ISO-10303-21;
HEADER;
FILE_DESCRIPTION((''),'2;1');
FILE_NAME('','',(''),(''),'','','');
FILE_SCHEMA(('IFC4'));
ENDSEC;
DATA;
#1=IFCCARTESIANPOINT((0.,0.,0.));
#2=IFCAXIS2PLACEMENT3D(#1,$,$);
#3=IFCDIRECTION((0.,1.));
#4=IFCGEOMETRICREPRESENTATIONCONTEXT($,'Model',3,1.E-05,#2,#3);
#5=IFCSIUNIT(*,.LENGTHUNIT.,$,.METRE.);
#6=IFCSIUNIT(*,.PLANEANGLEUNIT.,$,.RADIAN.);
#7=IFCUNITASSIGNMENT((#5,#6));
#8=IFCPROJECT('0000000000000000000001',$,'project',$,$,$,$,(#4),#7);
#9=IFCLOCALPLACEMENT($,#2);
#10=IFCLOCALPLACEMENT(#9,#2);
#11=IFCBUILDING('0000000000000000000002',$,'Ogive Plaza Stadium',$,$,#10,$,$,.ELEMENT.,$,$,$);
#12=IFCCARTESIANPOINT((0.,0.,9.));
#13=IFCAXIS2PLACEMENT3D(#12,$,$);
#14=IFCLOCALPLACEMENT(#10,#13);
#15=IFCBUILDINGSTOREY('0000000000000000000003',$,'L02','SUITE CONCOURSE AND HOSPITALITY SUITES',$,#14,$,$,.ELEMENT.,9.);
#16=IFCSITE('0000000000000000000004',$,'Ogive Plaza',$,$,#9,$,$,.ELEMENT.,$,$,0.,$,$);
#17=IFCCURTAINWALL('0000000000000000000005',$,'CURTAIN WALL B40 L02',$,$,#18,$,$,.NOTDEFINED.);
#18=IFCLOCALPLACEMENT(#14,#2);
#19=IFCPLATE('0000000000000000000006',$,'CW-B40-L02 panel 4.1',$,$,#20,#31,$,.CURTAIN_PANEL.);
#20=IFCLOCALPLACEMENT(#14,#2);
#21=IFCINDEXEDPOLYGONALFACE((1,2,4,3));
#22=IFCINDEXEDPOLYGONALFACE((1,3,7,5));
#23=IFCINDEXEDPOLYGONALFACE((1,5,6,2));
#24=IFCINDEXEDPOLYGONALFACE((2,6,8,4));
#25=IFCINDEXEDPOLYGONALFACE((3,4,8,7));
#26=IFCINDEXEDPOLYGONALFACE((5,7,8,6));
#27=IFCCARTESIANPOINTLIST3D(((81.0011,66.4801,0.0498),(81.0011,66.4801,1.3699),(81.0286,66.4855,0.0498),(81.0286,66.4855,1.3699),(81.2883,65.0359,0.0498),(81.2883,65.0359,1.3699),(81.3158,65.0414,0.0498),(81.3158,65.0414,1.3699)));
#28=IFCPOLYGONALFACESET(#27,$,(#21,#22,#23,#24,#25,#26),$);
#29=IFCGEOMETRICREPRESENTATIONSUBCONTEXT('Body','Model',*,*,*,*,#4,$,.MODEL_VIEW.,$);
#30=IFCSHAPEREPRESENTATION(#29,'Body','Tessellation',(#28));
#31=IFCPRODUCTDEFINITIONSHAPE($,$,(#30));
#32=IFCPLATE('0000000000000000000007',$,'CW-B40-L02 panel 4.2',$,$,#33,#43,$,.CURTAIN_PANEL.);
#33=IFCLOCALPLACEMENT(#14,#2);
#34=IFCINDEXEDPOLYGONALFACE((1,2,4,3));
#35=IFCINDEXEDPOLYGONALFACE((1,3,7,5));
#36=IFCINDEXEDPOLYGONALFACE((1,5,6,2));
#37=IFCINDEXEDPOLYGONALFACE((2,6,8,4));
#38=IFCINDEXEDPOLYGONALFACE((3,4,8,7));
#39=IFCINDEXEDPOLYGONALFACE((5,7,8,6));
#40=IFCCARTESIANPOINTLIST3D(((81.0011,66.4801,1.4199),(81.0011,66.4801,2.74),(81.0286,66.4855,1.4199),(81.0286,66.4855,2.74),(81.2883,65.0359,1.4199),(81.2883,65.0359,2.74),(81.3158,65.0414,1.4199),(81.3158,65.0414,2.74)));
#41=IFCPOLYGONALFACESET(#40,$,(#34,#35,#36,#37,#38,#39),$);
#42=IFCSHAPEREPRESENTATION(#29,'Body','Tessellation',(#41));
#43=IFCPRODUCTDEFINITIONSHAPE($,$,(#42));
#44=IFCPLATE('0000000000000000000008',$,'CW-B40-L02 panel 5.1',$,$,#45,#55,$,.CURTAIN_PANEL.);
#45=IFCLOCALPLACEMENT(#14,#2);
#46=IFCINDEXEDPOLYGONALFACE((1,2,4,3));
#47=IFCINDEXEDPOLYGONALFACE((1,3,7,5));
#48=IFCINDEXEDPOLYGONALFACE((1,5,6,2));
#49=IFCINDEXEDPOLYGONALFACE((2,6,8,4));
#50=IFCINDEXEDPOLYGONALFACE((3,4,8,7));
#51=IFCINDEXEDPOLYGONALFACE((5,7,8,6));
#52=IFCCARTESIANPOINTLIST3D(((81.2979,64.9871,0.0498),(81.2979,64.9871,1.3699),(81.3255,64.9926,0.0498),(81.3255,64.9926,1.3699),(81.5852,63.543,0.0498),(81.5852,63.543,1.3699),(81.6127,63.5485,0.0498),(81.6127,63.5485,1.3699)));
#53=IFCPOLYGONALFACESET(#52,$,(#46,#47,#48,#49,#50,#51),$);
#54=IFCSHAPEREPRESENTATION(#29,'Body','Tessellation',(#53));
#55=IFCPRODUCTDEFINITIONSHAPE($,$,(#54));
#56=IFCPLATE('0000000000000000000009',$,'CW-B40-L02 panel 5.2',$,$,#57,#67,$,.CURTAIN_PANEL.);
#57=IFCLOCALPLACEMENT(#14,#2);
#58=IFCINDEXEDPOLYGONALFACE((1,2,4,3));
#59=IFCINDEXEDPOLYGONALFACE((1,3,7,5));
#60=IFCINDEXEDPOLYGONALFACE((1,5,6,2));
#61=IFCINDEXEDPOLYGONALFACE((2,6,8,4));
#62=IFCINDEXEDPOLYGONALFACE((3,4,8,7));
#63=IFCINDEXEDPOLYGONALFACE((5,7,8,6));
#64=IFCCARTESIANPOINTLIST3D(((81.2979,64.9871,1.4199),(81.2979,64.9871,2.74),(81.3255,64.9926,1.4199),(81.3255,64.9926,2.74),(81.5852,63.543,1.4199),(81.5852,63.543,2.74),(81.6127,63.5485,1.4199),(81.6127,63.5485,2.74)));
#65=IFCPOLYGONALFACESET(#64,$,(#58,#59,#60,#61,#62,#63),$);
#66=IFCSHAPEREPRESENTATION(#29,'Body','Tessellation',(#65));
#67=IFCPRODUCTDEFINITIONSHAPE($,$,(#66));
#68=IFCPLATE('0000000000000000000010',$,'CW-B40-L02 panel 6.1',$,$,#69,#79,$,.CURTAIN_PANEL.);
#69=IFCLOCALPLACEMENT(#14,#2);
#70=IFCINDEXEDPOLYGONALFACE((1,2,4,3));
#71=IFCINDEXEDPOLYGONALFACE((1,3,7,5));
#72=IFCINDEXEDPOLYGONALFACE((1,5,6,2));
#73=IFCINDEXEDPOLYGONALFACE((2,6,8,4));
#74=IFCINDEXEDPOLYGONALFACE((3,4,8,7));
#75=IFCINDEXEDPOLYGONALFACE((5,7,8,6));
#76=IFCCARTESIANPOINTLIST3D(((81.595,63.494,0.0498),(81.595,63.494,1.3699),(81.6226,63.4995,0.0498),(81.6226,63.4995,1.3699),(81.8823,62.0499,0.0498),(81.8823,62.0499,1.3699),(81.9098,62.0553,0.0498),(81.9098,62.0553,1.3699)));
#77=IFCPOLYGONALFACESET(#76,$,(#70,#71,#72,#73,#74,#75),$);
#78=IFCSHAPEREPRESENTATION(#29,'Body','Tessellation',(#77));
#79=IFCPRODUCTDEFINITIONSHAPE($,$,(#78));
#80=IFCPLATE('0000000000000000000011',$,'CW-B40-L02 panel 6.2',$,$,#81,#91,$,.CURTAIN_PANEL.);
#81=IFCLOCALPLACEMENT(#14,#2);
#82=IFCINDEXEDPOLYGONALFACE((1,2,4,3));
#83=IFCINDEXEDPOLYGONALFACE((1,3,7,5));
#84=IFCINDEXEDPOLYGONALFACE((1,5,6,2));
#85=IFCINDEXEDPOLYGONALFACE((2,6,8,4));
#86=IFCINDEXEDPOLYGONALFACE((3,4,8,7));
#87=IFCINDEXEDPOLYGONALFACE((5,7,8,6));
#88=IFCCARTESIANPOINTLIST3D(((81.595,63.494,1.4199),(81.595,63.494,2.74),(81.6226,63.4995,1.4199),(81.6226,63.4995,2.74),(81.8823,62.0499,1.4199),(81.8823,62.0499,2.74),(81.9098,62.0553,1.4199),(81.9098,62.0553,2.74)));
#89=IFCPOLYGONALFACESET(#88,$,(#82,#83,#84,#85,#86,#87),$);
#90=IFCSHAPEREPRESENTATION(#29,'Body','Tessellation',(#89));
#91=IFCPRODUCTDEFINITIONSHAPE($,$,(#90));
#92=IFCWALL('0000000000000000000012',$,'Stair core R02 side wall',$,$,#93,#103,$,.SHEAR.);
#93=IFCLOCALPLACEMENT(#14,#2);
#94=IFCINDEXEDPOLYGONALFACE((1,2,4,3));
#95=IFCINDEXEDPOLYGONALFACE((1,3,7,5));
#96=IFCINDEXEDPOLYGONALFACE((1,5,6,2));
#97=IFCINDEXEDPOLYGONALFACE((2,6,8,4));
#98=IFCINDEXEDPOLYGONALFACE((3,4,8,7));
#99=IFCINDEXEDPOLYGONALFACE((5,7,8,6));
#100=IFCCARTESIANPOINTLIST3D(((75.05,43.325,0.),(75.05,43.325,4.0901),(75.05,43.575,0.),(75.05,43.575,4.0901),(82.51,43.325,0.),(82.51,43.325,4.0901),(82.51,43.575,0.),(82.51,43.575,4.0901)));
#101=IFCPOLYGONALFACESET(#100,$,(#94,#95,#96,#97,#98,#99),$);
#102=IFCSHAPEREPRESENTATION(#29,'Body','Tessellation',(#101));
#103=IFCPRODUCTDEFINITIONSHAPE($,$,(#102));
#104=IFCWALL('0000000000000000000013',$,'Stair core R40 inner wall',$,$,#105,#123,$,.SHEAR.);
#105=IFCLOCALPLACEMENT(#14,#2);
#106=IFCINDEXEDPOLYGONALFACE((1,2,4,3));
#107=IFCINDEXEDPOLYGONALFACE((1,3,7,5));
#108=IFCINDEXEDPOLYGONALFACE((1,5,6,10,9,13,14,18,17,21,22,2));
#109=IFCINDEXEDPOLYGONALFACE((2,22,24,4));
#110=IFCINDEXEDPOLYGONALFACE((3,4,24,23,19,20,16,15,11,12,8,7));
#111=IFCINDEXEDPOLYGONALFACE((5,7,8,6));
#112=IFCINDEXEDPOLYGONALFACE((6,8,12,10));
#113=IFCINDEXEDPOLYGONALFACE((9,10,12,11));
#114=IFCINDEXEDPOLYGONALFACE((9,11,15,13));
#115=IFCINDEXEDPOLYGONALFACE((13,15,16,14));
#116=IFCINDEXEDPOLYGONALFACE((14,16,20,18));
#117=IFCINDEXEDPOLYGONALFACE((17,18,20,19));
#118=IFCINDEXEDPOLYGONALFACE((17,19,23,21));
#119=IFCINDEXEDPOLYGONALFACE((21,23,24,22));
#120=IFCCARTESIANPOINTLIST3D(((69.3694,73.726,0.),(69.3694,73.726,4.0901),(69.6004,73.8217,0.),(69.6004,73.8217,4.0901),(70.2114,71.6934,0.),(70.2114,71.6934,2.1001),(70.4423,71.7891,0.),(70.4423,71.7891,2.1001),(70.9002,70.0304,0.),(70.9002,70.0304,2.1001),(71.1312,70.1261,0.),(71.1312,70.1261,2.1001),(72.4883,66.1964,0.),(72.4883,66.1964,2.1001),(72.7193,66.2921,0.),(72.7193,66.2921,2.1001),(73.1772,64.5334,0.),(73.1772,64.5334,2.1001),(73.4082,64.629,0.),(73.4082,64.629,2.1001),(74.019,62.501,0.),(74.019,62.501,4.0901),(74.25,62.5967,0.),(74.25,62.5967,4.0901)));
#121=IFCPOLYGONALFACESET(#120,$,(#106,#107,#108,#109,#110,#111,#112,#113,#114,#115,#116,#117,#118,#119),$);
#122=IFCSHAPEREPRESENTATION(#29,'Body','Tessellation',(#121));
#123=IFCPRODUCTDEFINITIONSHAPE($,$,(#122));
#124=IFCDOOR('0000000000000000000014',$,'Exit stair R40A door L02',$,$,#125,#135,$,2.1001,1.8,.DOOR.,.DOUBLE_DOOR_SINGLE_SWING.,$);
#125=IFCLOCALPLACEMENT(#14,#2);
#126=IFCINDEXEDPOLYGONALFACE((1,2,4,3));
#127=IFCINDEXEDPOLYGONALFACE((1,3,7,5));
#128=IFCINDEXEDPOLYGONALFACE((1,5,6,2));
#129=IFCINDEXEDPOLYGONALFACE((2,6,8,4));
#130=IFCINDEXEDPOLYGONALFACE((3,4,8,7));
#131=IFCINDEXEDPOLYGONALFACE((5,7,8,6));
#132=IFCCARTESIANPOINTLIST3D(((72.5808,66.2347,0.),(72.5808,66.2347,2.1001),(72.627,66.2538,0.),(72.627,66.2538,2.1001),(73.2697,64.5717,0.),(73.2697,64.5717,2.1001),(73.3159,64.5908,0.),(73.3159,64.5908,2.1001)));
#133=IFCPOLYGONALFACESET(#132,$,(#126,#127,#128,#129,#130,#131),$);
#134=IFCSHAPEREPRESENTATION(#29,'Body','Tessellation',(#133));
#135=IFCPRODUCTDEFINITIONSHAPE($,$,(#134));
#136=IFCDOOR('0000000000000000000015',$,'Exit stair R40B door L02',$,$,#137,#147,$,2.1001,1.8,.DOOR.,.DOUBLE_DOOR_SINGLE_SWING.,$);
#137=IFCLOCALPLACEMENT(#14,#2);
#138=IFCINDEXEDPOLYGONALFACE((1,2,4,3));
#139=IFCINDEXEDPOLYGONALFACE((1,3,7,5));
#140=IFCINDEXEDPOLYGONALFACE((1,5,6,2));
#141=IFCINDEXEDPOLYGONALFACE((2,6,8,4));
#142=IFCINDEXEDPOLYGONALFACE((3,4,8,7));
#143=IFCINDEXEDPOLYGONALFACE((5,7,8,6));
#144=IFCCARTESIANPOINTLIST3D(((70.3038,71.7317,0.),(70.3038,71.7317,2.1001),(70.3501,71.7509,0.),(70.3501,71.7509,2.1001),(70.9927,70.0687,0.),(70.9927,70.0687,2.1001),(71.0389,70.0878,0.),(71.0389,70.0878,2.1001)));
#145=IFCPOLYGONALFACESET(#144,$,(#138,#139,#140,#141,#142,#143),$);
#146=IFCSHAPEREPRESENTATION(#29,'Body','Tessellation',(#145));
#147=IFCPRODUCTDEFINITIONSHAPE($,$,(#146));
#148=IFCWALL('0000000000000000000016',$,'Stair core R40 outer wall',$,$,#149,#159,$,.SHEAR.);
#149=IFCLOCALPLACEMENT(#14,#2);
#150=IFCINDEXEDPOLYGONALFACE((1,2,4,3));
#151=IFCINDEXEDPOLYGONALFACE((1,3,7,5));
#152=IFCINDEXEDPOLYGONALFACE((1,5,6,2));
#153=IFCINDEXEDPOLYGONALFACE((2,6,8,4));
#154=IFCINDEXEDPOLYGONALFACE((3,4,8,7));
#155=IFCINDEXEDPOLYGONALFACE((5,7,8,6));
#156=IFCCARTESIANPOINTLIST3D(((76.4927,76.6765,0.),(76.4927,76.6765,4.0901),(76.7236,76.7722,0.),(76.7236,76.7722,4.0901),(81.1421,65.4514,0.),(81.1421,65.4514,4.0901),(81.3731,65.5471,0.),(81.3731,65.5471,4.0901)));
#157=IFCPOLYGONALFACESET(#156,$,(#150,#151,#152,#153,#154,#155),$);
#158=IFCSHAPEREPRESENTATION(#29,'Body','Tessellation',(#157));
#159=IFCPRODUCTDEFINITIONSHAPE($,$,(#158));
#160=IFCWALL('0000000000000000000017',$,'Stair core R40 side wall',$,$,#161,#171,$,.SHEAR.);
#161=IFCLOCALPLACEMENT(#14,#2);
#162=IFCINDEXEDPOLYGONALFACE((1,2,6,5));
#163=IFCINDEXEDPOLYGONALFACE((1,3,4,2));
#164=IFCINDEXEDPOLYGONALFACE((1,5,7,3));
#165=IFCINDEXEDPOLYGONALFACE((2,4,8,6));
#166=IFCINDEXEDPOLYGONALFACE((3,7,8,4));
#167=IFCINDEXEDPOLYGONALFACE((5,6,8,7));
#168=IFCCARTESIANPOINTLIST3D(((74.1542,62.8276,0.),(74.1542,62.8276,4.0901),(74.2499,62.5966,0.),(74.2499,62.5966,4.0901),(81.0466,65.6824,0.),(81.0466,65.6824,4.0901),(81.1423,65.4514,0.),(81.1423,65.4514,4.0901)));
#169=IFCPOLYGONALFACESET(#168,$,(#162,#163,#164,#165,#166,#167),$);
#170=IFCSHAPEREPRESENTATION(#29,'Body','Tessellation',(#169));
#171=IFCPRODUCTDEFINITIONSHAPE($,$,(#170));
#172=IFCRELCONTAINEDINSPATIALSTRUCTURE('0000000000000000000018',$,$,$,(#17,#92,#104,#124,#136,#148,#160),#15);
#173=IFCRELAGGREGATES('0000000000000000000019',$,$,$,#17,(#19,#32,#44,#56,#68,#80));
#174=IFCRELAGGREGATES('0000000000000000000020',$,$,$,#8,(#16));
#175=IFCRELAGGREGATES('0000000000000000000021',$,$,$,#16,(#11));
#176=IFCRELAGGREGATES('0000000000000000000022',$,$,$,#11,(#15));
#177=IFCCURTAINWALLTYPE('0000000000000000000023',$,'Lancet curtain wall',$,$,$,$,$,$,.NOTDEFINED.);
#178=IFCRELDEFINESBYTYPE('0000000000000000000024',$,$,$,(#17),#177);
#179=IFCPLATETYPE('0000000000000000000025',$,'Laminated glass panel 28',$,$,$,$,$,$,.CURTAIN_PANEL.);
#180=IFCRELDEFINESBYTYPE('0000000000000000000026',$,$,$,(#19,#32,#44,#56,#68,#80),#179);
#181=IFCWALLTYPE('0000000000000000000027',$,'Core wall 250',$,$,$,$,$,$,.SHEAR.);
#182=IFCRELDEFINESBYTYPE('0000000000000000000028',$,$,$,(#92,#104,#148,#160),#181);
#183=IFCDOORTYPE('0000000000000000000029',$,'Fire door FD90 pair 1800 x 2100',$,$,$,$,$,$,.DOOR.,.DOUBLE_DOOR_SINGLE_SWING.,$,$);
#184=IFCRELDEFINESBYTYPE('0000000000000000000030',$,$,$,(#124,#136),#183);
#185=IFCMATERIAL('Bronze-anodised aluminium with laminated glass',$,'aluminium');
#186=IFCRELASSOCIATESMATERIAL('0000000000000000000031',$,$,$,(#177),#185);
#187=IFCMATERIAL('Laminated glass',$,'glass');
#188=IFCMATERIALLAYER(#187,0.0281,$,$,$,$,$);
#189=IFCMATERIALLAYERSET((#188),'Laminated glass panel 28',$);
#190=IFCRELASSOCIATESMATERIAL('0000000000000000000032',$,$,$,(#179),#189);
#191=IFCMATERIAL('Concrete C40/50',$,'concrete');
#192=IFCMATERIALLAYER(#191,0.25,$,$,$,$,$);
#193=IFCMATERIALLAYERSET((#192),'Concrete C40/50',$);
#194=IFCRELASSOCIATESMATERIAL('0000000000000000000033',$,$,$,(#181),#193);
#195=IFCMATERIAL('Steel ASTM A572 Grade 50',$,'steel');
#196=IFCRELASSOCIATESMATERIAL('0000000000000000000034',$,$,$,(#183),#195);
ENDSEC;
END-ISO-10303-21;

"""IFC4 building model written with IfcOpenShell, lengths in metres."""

from ifc_helpers import new_model, si_unit, direction, frame, frame_2d, origin, origin_2d, place, context, subcontext, project, spatial, rectangle, extrude, material, layer, layer_set, type_object, element, fill, aggregate, save


model = new_model("IFC4")

# Units and contexts
model_context = context("Model", 3, precision=1e-05, world=origin(), true_north=direction((0.0, 1.0)))
body_context = subcontext(model_context, "Body", "Model", "MODEL_VIEW")
ifc_project = project(units=[si_unit("LENGTHUNIT", "METRE"), si_unit("PLANEANGLEUNIT", "RADIAN")], contexts=[model_context])

# Site, building, storey
site_placement = place(None, origin())
site = spatial("IfcSite", under=ifc_project, at=site_placement, Name="Ogive Plaza", CompositionType="ELEMENT", RefElevation=0.0)
building_placement = place(site_placement, origin())
building = spatial("IfcBuilding", under=site, at=building_placement, Name="Ogive Plaza Stadium", CompositionType="ELEMENT")
storey_placement = place(building_placement, frame((0.0, 0.0, 9.0)))
storey = spatial("IfcBuildingStorey", under=building, at=storey_placement, Name="L02", Description="SUITE CONCOURSE AND HOSPITALITY SUITES", CompositionType="ELEMENT", Elevation=9.0)

# Curtain wall
ifc_material_1 = material(Name="Bronze-anodised aluminium with laminated glass", Category="aluminium")
curtain_wall_type = type_object("IfcCurtainWallType", Name="Lancet curtain wall", PredefinedType="NOTDEFINED", material=ifc_material_1)
curtain_wall_placement = place(storey_placement, origin())
curtain_wall = element("IfcCurtainWall", 1, at=curtain_wall_placement, inside=storey, type_object=curtain_wall_type, Name="CURTAIN WALL B40 L02", PredefinedType="NOTDEFINED")

# Plates
ifc_material_2 = material(Name="Laminated glass", Category="glass")
ifc_layer_1 = layer(ifc_material_2, 0.0281)
ifc_layer_set_1 = layer_set([ifc_layer_1], Name="Laminated glass panel 28")
plate_type = type_object("IfcPlateType", Name="Laminated glass panel 28", PredefinedType="CURTAIN_PANEL", material=ifc_layer_set_1)
plate_1_placement = place(storey_placement, frame((81.1584, 65.7607, 0.0498), z_axis=(0.0, 0.0, 1.0), x_axis=(0.19509, -0.980785, 0.0)))
plate_1 = element("IfcPlate", 2, at=plate_1_placement, type_object=plate_type, Name="CW-B40-L02 panel 4.1", PredefinedType="CURTAIN_PANEL", context=body_context, shape_type="SweptSolid", body=[
    extrude(rectangle(XDim=1.4724, YDim=0.0281, at=origin_2d()), origin(), (0.0, 0.0, 1.0), 1.3201),
])
plate_2_placement = place(storey_placement, frame((81.1584, 65.7607, 1.4199), z_axis=(0.0, 0.0, 1.0), x_axis=(0.19509, -0.980785, 0.0)))
plate_2 = element("IfcPlate", 3, at=plate_2_placement, type_object=plate_type, Name="CW-B40-L02 panel 4.2", PredefinedType="CURTAIN_PANEL", context=body_context, shape_type="SweptSolid", body=[
    extrude(rectangle(XDim=1.4724, YDim=0.0281, at=origin_2d()), origin(), (0.0, 0.0, 1.0), 1.3201),
])
plate_3_placement = place(storey_placement, frame((81.4553, 64.2678, 0.0498), z_axis=(0.0, 0.0, 1.0), x_axis=(0.19509, -0.980785, 0.0)))
plate_3 = element("IfcPlate", 4, at=plate_3_placement, type_object=plate_type, Name="CW-B40-L02 panel 5.1", PredefinedType="CURTAIN_PANEL", context=body_context, shape_type="SweptSolid", body=[
    extrude(rectangle(XDim=1.4724, YDim=0.0281, at=origin_2d()), origin(), (0.0, 0.0, 1.0), 1.3201),
])
plate_4_placement = place(storey_placement, frame((81.4553, 64.2678, 1.4199), z_axis=(0.0, 0.0, 1.0), x_axis=(0.19509, -0.980785, 0.0)))
plate_4 = element("IfcPlate", 5, at=plate_4_placement, type_object=plate_type, Name="CW-B40-L02 panel 5.2", PredefinedType="CURTAIN_PANEL", context=body_context, shape_type="SweptSolid", body=[
    extrude(rectangle(XDim=1.4724, YDim=0.0281, at=origin_2d()), origin(), (0.0, 0.0, 1.0), 1.3201),
])
plate_5_placement = place(storey_placement, frame((81.7524, 62.7747, 0.0498), z_axis=(0.0, 0.0, 1.0), x_axis=(0.19509, -0.980785, 0.0)))
plate_5 = element("IfcPlate", 6, at=plate_5_placement, type_object=plate_type, Name="CW-B40-L02 panel 6.1", PredefinedType="CURTAIN_PANEL", context=body_context, shape_type="SweptSolid", body=[
    extrude(rectangle(XDim=1.4724, YDim=0.0281, at=origin_2d()), origin(), (0.0, 0.0, 1.0), 1.3201),
])
plate_6_placement = place(storey_placement, frame((81.7524, 62.7747, 1.4199), z_axis=(0.0, 0.0, 1.0), x_axis=(0.19509, -0.980785, 0.0)))
plate_6 = element("IfcPlate", 7, at=plate_6_placement, type_object=plate_type, Name="CW-B40-L02 panel 6.2", PredefinedType="CURTAIN_PANEL", context=body_context, shape_type="SweptSolid", body=[
    extrude(rectangle(XDim=1.4724, YDim=0.0281, at=origin_2d()), origin(), (0.0, 0.0, 1.0), 1.3201),
])
aggregate(curtain_wall, [plate_1, plate_2, plate_3, plate_4, plate_5, plate_6])

# Wall
ifc_material_3 = material(Name="Concrete C40/50", Category="concrete")
ifc_layer_2 = layer(ifc_material_3, 0.25)
ifc_layer_set_2 = layer_set([ifc_layer_2], Name="Concrete C40/50")
wall_type_1 = type_object("IfcWallType", Name="Core wall 250", PredefinedType="SHEAR", material=ifc_layer_set_2)
wall_1_placement = place(storey_placement, frame((75.05, 43.45, 0.0), z_axis=(0.0, 0.0, 1.0), x_axis=(1.0, 0.0, 0.0)))
element("IfcWall", 8, at=wall_1_placement, inside=storey, type_object=wall_type_1, Name="Stair core R02 side wall", PredefinedType="SHEAR", context=body_context, shape_type="SweptSolid", body=[
    extrude(rectangle(XDim=7.46, YDim=0.25, at=frame_2d((3.73, 0.0))), origin(), (0.0, 0.0, 1.0), 4.0901),
])

# Wall, openings, doors
wall_2_placement = place(storey_placement, frame((74.1345, 62.5488, 0.0), z_axis=(0.0, 0.0, 1.0), x_axis=(-0.382688, 0.923877, 0.0)))
wall_2 = element("IfcWall", 9, at=wall_2_placement, inside=storey, type_object=wall_type_1, Name="Stair core R40 inner wall", PredefinedType="SHEAR", context=body_context, shape_type="SweptSolid", body=[
    extrude(rectangle(XDim=12.1499, YDim=0.25, at=frame_2d((6.075, 0.0))), origin(), (0.0, 0.0, 1.0), 4.0901),
])
opening_1_placement = place(wall_2_placement, frame((2.2, 0.0, 0.0)))
opening_1 = element("IfcOpeningElement", 10, at=opening_1_placement, cuts=wall_2, PredefinedType="OPENING", context=body_context, shape_type="SweptSolid", body=[
    extrude(rectangle(XDim=1.8, YDim=2.1001, at=frame_2d((0.8999, 1.05))), frame((0.0, 0.125, 0.0), z_axis=(0.0, -1.0, 0.0), x_axis=(1.0, 0.0, 0.0)), (0.0, 0.0, 1.0), 0.25),
])
opening_2_placement = place(wall_2_placement, frame((8.1499, 0.0, 0.0)))
opening_2 = element("IfcOpeningElement", 11, at=opening_2_placement, cuts=wall_2, PredefinedType="OPENING", context=body_context, shape_type="SweptSolid", body=[
    extrude(rectangle(XDim=1.8, YDim=2.1001, at=frame_2d((0.8999, 1.05))), frame((0.0, 0.125, 0.0), z_axis=(0.0, -1.0, 0.0), x_axis=(1.0, 0.0, 0.0)), (0.0, 0.0, 1.0), 0.25),
])
ifc_material_4 = material(Name="Steel ASTM A572 Grade 50", Category="steel")
door_type_1 = type_object("IfcDoorType", Name="Fire door FD90 pair 1800 x 2100", OperationType="DOUBLE_DOOR_SINGLE_SWING", PredefinedType="DOOR", material=ifc_material_4)
door_1_placement = place(opening_1_placement, origin())
door_1 = element("IfcDoor", 12, at=door_1_placement, inside=storey, type_object=door_type_1, Name="Exit stair R40A door L02", OperationType="DOUBLE_DOOR_SINGLE_SWING", OverallHeight=2.1001, OverallWidth=1.8, PredefinedType="DOOR", context=body_context, shape_type="SweptSolid", body=[
    extrude(rectangle(XDim=1.8, YDim=2.1001, at=frame_2d((0.8999, 1.05))), frame((0.0, 0.0249, 0.0), z_axis=(0.0, -1.0, 0.0), x_axis=(1.0, 0.0, 0.0)), (0.0, 0.0, 1.0), 0.05),
])
fill(opening_1, door_1)
door_2_placement = place(opening_2_placement, origin())
door_2 = element("IfcDoor", 13, at=door_2_placement, inside=storey, type_object=door_type_1, Name="Exit stair R40B door L02", OperationType="DOUBLE_DOOR_SINGLE_SWING", OverallHeight=2.1001, OverallWidth=1.8, PredefinedType="DOOR", context=body_context, shape_type="SweptSolid", body=[
    extrude(rectangle(XDim=1.8, YDim=2.1001, at=frame_2d((0.8999, 1.05))), frame((0.0, 0.0249, 0.0), z_axis=(0.0, -1.0, 0.0), x_axis=(1.0, 0.0, 0.0)), (0.0, 0.0, 1.0), 0.05),
])
fill(opening_2, door_2)

# Walls
wall_3_placement = place(storey_placement, frame((81.2576, 65.4993, 0.0), z_axis=(0.0, 0.0, 1.0), x_axis=(-0.382671, 0.923885, 0.0)))
element("IfcWall", 14, at=wall_3_placement, inside=storey, type_object=wall_type_1, Name="Stair core R40 outer wall", PredefinedType="SHEAR", context=body_context, shape_type="SweptSolid", body=[
    extrude(rectangle(XDim=12.1499, YDim=0.25, at=frame_2d((6.075, 0.0))), origin(), (0.0, 0.0, 1.0), 4.0901),
])
wall_4_placement = place(storey_placement, frame((74.2021, 62.7122, 0.0), z_axis=(0.0, 0.0, 1.0), x_axis=(0.923887, 0.382665, 0.0)))
element("IfcWall", 15, at=wall_4_placement, inside=storey, type_object=wall_type_1, Name="Stair core R40 side wall", PredefinedType="SHEAR", context=body_context, shape_type="SweptSolid", body=[
    extrude(rectangle(XDim=7.4602, YDim=0.25, at=frame_2d((3.73, 0.0))), origin(), (0.0, 0.0, 1.0), 4.0901),
])

save(model, "model.ifc")
